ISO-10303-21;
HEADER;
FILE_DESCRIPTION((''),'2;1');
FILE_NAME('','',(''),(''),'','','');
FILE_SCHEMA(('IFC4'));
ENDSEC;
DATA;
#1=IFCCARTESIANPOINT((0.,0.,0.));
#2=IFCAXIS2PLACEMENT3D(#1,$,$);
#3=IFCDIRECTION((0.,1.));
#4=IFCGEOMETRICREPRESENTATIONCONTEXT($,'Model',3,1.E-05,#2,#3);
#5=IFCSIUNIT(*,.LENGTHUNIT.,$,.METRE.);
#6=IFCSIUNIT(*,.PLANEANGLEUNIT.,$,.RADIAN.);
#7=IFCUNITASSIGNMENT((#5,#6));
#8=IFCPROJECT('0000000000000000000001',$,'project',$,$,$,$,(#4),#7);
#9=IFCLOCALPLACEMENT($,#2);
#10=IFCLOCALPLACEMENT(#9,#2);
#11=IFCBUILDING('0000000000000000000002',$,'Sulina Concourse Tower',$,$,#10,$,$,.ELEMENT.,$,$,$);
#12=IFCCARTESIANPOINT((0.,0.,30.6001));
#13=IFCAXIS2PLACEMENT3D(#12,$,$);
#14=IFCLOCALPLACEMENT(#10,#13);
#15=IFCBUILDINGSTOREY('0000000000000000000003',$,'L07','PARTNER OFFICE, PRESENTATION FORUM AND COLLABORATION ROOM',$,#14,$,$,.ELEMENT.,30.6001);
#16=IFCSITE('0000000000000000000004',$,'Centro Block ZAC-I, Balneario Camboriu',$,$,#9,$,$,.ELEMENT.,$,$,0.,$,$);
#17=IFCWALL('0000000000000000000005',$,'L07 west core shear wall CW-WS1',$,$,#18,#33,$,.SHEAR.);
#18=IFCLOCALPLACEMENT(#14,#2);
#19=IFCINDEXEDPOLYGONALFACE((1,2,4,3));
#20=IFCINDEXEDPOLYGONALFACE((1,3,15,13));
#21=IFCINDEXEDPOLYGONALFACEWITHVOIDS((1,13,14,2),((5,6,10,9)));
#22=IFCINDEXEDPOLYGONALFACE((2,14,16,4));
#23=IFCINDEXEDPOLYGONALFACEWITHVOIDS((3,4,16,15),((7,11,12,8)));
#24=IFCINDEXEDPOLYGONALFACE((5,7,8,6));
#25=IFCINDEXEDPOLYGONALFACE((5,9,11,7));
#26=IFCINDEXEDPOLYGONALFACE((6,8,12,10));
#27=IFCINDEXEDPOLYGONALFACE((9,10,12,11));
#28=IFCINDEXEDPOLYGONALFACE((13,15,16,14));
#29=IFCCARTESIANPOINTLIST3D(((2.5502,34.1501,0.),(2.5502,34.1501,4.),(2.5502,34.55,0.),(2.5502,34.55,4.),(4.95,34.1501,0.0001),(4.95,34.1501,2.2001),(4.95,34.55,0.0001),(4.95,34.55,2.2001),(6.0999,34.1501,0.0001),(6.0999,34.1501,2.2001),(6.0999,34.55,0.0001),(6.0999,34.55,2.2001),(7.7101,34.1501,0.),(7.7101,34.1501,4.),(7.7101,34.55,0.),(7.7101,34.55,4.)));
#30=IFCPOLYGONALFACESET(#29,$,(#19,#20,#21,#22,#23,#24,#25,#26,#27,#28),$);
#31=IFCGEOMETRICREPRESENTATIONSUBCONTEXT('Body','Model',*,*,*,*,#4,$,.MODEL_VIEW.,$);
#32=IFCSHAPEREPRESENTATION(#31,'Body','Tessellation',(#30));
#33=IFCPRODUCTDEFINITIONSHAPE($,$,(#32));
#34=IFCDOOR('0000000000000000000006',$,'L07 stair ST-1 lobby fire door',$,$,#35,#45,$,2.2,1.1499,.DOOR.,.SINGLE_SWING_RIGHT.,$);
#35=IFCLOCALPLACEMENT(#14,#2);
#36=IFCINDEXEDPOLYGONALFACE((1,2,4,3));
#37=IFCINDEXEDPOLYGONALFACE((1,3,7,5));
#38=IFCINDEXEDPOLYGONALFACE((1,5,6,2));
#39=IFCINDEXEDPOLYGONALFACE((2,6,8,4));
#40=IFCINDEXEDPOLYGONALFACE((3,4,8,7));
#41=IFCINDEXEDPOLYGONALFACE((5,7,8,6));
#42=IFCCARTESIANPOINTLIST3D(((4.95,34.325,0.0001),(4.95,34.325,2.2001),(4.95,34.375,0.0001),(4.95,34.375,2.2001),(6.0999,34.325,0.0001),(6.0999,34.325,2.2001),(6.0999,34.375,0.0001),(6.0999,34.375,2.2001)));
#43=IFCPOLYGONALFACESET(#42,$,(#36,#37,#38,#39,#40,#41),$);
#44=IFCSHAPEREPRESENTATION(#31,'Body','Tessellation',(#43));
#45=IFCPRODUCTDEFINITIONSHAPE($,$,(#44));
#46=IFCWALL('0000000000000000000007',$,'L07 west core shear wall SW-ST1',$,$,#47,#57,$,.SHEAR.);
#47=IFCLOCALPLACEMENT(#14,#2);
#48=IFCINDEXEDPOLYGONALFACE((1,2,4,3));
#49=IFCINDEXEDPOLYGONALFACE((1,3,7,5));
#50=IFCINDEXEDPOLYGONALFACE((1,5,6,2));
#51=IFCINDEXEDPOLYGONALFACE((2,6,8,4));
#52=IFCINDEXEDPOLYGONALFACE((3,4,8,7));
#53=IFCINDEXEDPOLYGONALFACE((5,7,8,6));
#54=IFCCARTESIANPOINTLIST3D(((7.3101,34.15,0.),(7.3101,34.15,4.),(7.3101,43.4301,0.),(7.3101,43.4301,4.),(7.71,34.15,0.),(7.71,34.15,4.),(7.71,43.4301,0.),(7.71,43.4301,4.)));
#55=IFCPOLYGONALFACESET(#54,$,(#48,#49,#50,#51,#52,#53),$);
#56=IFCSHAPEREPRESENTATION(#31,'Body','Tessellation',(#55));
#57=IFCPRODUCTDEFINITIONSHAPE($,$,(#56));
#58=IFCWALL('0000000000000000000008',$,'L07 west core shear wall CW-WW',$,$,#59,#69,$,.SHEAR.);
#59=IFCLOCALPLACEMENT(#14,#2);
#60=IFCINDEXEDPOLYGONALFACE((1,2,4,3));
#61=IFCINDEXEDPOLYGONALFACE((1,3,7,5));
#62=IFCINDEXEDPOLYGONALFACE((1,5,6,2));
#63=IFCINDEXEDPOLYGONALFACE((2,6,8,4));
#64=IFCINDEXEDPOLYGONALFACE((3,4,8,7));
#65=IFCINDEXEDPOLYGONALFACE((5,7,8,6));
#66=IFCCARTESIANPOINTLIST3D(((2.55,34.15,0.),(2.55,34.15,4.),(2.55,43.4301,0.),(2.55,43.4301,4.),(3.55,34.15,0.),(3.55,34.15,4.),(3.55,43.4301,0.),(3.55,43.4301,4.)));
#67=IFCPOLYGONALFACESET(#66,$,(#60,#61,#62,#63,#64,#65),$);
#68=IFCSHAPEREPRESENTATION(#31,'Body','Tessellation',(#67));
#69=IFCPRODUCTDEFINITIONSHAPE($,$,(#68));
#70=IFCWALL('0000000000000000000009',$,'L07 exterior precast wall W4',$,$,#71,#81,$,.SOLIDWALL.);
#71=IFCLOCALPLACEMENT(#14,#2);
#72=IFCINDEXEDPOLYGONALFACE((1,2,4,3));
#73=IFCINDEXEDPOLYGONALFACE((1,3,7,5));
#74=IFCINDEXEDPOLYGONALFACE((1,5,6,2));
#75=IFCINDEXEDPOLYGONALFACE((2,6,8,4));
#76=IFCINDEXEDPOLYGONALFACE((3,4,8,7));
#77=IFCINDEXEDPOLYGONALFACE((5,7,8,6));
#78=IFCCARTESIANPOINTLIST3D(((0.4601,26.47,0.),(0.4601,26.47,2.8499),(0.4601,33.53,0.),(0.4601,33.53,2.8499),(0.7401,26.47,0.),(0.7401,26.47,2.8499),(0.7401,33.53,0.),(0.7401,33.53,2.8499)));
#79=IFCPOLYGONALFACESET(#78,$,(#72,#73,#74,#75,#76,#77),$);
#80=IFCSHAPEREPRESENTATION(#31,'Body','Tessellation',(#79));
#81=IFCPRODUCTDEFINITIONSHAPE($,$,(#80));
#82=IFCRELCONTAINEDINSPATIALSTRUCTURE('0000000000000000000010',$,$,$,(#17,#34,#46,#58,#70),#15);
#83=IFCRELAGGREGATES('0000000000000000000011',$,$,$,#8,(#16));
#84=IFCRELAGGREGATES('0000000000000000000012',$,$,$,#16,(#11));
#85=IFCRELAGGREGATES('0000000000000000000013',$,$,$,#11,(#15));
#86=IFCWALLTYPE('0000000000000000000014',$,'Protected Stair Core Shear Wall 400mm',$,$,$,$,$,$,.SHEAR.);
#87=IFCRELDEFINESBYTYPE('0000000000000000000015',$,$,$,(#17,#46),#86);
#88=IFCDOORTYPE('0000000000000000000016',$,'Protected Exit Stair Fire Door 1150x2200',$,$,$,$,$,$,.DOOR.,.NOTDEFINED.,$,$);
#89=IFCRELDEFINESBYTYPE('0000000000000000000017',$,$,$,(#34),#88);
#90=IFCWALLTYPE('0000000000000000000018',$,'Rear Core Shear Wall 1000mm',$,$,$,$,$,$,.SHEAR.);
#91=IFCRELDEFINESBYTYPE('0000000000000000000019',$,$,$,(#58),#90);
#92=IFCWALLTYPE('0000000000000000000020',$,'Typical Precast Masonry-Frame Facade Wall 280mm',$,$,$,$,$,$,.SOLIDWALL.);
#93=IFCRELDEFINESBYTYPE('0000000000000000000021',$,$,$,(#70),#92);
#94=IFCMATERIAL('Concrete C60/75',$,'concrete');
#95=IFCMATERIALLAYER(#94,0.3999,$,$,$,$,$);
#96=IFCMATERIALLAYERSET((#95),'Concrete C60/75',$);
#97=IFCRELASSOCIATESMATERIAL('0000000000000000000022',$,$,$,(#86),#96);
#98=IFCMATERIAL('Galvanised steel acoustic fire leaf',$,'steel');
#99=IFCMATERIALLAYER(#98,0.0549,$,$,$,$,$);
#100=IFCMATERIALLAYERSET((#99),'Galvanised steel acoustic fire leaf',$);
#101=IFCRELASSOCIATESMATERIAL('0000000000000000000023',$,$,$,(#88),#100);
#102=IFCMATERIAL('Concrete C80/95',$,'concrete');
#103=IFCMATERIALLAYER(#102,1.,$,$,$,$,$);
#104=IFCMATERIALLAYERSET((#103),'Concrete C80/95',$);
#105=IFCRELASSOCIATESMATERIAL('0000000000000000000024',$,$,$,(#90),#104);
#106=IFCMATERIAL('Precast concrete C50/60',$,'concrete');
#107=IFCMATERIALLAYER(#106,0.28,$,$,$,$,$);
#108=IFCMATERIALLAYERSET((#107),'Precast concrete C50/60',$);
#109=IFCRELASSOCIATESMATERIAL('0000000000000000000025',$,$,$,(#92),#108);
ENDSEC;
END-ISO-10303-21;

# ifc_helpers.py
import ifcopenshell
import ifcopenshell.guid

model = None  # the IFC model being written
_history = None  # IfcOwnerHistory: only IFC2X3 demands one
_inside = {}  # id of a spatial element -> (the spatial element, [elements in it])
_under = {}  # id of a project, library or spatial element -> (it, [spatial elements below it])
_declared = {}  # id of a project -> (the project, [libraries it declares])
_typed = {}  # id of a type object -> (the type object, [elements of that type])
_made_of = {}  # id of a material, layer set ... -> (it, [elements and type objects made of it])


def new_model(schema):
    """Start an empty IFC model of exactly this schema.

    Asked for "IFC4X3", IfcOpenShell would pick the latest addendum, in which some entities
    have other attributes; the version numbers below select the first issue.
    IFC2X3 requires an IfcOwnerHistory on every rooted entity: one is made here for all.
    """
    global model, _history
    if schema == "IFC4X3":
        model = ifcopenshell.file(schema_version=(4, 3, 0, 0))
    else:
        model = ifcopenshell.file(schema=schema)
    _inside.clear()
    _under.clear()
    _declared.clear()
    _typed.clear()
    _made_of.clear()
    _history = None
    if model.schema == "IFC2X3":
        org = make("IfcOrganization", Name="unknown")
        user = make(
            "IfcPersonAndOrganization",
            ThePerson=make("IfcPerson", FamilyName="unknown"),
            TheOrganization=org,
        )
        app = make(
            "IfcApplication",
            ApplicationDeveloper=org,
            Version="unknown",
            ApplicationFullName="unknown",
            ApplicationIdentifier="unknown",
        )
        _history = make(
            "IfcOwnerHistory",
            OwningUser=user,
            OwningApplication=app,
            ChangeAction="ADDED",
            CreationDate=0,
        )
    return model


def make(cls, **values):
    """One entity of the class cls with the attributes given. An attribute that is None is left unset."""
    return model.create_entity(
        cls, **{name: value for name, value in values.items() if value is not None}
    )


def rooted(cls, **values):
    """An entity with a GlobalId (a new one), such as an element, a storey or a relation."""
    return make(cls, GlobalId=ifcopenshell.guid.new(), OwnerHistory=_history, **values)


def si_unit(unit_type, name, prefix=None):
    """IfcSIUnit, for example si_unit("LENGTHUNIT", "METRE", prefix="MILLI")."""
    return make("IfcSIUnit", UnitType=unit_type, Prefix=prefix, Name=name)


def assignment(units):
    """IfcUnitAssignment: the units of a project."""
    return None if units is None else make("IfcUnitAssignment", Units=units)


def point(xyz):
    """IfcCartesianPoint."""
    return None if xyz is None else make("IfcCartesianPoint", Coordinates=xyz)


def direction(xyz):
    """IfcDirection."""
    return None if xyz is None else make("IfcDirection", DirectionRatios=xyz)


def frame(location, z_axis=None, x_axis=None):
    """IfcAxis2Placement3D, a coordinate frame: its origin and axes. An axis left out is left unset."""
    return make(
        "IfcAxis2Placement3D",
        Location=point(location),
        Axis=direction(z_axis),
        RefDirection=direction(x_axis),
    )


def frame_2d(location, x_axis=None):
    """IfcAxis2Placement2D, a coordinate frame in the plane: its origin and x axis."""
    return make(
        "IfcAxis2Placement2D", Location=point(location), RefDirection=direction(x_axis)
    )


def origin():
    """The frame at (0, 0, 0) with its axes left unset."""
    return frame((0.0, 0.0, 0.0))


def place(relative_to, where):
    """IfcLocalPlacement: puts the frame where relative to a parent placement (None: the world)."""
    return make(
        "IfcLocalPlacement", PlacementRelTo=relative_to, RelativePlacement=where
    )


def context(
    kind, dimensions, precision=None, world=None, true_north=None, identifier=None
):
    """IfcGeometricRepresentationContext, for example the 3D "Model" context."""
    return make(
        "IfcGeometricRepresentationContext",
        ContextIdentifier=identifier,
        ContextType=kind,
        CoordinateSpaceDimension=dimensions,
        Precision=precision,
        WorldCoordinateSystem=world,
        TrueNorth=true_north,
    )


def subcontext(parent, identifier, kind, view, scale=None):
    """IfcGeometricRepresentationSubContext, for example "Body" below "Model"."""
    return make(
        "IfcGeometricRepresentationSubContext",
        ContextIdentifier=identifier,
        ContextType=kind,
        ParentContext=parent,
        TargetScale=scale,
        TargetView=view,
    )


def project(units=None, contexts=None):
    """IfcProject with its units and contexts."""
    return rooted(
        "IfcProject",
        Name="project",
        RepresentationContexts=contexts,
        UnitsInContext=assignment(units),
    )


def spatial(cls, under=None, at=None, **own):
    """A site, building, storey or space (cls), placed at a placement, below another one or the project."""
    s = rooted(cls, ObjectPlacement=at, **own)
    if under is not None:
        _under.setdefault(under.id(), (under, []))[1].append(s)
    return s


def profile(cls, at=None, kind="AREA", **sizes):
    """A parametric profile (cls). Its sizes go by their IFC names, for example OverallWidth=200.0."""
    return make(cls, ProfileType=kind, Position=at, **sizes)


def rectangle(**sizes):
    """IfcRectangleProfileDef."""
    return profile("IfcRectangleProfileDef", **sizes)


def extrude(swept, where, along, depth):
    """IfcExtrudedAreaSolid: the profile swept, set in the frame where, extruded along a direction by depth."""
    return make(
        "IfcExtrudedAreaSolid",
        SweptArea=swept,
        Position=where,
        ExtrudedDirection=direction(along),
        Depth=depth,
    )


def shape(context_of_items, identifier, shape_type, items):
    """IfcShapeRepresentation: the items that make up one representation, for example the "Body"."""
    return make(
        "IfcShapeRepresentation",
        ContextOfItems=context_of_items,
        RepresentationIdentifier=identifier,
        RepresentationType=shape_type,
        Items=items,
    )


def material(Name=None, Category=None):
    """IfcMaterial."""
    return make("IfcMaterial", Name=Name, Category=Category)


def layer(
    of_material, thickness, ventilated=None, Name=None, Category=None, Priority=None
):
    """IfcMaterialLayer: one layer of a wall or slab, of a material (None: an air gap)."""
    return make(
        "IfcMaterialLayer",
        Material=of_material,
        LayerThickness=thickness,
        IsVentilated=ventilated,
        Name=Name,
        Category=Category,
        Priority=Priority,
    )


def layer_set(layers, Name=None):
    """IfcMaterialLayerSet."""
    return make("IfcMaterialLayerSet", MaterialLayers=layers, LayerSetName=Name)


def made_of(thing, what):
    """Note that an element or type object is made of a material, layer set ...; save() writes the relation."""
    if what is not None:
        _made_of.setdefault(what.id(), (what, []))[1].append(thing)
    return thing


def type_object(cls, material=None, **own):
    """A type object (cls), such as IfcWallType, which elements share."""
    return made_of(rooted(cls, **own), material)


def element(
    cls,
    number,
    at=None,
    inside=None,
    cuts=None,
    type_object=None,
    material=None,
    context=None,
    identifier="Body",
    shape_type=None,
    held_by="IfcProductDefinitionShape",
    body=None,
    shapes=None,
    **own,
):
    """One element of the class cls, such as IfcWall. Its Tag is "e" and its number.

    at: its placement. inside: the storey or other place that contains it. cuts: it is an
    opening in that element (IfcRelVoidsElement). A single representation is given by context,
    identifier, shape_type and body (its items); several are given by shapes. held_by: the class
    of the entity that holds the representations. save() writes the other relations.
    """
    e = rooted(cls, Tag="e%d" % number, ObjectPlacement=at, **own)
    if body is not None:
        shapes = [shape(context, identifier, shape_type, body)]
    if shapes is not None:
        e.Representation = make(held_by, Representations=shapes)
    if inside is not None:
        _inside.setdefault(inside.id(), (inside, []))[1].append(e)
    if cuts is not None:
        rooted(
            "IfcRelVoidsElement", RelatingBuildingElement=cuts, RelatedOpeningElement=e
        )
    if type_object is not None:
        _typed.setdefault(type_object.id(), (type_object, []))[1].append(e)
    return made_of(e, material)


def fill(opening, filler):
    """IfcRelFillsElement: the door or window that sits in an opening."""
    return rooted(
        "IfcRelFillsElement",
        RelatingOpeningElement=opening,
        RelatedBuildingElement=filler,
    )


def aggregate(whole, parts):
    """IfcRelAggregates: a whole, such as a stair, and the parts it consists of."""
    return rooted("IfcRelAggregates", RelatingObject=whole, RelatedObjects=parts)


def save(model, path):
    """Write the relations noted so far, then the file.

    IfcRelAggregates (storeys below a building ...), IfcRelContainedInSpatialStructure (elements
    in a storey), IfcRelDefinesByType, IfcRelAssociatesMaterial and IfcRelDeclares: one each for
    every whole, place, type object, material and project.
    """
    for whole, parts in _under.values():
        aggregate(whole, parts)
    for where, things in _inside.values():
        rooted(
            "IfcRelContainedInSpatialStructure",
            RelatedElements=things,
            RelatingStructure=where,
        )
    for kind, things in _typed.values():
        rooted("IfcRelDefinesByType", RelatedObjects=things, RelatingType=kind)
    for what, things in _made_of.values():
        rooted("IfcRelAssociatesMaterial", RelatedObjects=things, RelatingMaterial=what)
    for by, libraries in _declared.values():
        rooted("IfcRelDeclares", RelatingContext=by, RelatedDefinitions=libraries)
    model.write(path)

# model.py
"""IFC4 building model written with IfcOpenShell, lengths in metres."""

from ifc_helpers import new_model, si_unit, direction, frame, frame_2d, origin, place, context, subcontext, project, spatial, rectangle, extrude, material, layer, layer_set, type_object, element, fill, save


model = new_model("IFC4")

# Units and contexts
model_context = context("Model", 3, precision=1e-05, world=origin(), true_north=direction((0.0, 1.0)))
body_context = subcontext(model_context, "Body", "Model", "MODEL_VIEW")
ifc_project = project(units=[si_unit("LENGTHUNIT", "METRE"), si_unit("PLANEANGLEUNIT", "RADIAN")], contexts=[model_context])

# Site, building, storey
site_placement = place(None, origin())
site = spatial("IfcSite", under=ifc_project, at=site_placement, Name="Centro Block ZAC-I, Balneario Camboriu", CompositionType="ELEMENT", RefElevation=0.0)
building_placement = place(site_placement, origin())
building = spatial("IfcBuilding", under=site, at=building_placement, Name="Sulina Concourse Tower", CompositionType="ELEMENT")
storey_placement = place(building_placement, frame((0.0, 0.0, 30.6001)))
storey = spatial("IfcBuildingStorey", under=building, at=storey_placement, Name="L07", Description="PARTNER OFFICE, PRESENTATION FORUM AND COLLABORATION ROOM", CompositionType="ELEMENT", Elevation=30.6001)

# Wall, opening, door
ifc_material_1 = material(Name="Concrete C60/75", Category="concrete")
ifc_layer_1 = layer(ifc_material_1, 0.3999)
ifc_layer_set_1 = layer_set([ifc_layer_1], Name="Concrete C60/75")
wall_type_1 = type_object("IfcWallType", Name="Protected Stair Core Shear Wall 400mm", PredefinedType="SHEAR", material=ifc_layer_set_1)
wall_1_placement = place(storey_placement, frame((2.55, 34.3501, 0.0), z_axis=(0.0, 0.0, 1.0), x_axis=(1.0, 0.0, 0.0)))
wall_1 = element("IfcWall", 1, at=wall_1_placement, inside=storey, type_object=wall_type_1, Name="L07 west core shear wall CW-WS1", PredefinedType="SHEAR", context=body_context, shape_type="SweptSolid", body=[
    extrude(rectangle(XDim=5.1599, YDim=0.3999, at=frame_2d((2.5801, 0.0))), origin(), (0.0, 0.0, 1.0), 4.0),
])
opening_placement = place(wall_1_placement, frame((2.3999, 0.0, 0.0)))
opening = element("IfcOpeningElement", 2, at=opening_placement, cuts=wall_1, PredefinedType="OPENING", context=body_context, shape_type="SweptSolid", body=[
    extrude(rectangle(XDim=1.1499, YDim=2.2, at=frame_2d((0.575, 1.1001))), frame((0.0, 0.21, 0.0), z_axis=(0.0, -1.0, 0.0), x_axis=(1.0, 0.0, 0.0)), (0.0, 0.0, 1.0), 0.4199),
])
ifc_material_2 = material(Name="Galvanised steel acoustic fire leaf", Category="steel")
ifc_layer_2 = layer(ifc_material_2, 0.0549)
ifc_layer_set_2 = layer_set([ifc_layer_2], Name="Galvanised steel acoustic fire leaf")
door_type = type_object("IfcDoorType", Name="Protected Exit Stair Fire Door 1150x2200", OperationType="NOTDEFINED", PredefinedType="DOOR", material=ifc_layer_set_2)
door_placement = place(opening_placement, origin())
door = element("IfcDoor", 3, at=door_placement, inside=storey, type_object=door_type, Name="L07 stair ST-1 lobby fire door", OperationType="SINGLE_SWING_RIGHT", OverallHeight=2.2, OverallWidth=1.1499, PredefinedType="DOOR", context=body_context, shape_type="SweptSolid", body=[
    extrude(rectangle(XDim=1.1499, YDim=2.2, at=frame_2d((0.575, 1.1001))), frame((0.0, 0.0249, 0.0), z_axis=(0.0, -1.0, 0.0), x_axis=(1.0, 0.0, 0.0)), (0.0, 0.0, 1.0), 0.05),
])
fill(opening, door)

# Walls
wall_2_placement = place(storey_placement, frame((7.51, 34.1499, 0.0), z_axis=(0.0, 0.0, 1.0), x_axis=(0.0, 1.0, 0.0)))
element("IfcWall", 4, at=wall_2_placement, inside=storey, type_object=wall_type_1, Name="L07 west core shear wall SW-ST1", PredefinedType="SHEAR", context=body_context, shape_type="SweptSolid", body=[
    extrude(rectangle(XDim=9.28, YDim=0.3999, at=frame_2d((4.6401, 0.0))), origin(), (0.0, 0.0, 1.0), 4.0),
])
ifc_material_3 = material(Name="Concrete C80/95", Category="concrete")
ifc_layer_3 = layer(ifc_material_3, 1.0)
ifc_layer_set_3 = layer_set([ifc_layer_3], Name="Concrete C80/95")
wall_type_2 = type_object("IfcWallType", Name="Rear Core Shear Wall 1000mm", PredefinedType="SHEAR", material=ifc_layer_set_3)
wall_3_placement = place(storey_placement, frame((3.05, 34.1499, 0.0), z_axis=(0.0, 0.0, 1.0), x_axis=(0.0, 1.0, 0.0)))
element("IfcWall", 5, at=wall_3_placement, inside=storey, type_object=wall_type_2, Name="L07 west core shear wall CW-WW", PredefinedType="SHEAR", context=body_context, shape_type="SweptSolid", body=[
    extrude(rectangle(XDim=9.28, YDim=1.0, at=frame_2d((4.6401, 0.0))), origin(), (0.0, 0.0, 1.0), 4.0),
])
ifc_material_4 = material(Name="Precast concrete C50/60", Category="concrete")
ifc_layer_4 = layer(ifc_material_4, 0.28)
ifc_layer_set_4 = layer_set([ifc_layer_4], Name="Precast concrete C50/60")
wall_type_3 = type_object("IfcWallType", Name="Typical Precast Masonry-Frame Facade Wall 280mm", PredefinedType="SOLIDWALL", material=ifc_layer_set_4)
wall_4_placement = place(storey_placement, frame((0.6001, 26.47, 0.0), z_axis=(0.0, 0.0, 1.0), x_axis=(0.0, 1.0, 0.0)))
element("IfcWall", 6, at=wall_4_placement, inside=storey, type_object=wall_type_3, Name="L07 exterior precast wall W4", PredefinedType="SOLIDWALL", context=body_context, shape_type="SweptSolid", body=[
    extrude(rectangle(XDim=7.0601, YDim=0.28, at=frame_2d((3.53, 0.0))), origin(), (0.0, 0.0, 1.0), 2.8499),
])

save(model, "model.ifc")
